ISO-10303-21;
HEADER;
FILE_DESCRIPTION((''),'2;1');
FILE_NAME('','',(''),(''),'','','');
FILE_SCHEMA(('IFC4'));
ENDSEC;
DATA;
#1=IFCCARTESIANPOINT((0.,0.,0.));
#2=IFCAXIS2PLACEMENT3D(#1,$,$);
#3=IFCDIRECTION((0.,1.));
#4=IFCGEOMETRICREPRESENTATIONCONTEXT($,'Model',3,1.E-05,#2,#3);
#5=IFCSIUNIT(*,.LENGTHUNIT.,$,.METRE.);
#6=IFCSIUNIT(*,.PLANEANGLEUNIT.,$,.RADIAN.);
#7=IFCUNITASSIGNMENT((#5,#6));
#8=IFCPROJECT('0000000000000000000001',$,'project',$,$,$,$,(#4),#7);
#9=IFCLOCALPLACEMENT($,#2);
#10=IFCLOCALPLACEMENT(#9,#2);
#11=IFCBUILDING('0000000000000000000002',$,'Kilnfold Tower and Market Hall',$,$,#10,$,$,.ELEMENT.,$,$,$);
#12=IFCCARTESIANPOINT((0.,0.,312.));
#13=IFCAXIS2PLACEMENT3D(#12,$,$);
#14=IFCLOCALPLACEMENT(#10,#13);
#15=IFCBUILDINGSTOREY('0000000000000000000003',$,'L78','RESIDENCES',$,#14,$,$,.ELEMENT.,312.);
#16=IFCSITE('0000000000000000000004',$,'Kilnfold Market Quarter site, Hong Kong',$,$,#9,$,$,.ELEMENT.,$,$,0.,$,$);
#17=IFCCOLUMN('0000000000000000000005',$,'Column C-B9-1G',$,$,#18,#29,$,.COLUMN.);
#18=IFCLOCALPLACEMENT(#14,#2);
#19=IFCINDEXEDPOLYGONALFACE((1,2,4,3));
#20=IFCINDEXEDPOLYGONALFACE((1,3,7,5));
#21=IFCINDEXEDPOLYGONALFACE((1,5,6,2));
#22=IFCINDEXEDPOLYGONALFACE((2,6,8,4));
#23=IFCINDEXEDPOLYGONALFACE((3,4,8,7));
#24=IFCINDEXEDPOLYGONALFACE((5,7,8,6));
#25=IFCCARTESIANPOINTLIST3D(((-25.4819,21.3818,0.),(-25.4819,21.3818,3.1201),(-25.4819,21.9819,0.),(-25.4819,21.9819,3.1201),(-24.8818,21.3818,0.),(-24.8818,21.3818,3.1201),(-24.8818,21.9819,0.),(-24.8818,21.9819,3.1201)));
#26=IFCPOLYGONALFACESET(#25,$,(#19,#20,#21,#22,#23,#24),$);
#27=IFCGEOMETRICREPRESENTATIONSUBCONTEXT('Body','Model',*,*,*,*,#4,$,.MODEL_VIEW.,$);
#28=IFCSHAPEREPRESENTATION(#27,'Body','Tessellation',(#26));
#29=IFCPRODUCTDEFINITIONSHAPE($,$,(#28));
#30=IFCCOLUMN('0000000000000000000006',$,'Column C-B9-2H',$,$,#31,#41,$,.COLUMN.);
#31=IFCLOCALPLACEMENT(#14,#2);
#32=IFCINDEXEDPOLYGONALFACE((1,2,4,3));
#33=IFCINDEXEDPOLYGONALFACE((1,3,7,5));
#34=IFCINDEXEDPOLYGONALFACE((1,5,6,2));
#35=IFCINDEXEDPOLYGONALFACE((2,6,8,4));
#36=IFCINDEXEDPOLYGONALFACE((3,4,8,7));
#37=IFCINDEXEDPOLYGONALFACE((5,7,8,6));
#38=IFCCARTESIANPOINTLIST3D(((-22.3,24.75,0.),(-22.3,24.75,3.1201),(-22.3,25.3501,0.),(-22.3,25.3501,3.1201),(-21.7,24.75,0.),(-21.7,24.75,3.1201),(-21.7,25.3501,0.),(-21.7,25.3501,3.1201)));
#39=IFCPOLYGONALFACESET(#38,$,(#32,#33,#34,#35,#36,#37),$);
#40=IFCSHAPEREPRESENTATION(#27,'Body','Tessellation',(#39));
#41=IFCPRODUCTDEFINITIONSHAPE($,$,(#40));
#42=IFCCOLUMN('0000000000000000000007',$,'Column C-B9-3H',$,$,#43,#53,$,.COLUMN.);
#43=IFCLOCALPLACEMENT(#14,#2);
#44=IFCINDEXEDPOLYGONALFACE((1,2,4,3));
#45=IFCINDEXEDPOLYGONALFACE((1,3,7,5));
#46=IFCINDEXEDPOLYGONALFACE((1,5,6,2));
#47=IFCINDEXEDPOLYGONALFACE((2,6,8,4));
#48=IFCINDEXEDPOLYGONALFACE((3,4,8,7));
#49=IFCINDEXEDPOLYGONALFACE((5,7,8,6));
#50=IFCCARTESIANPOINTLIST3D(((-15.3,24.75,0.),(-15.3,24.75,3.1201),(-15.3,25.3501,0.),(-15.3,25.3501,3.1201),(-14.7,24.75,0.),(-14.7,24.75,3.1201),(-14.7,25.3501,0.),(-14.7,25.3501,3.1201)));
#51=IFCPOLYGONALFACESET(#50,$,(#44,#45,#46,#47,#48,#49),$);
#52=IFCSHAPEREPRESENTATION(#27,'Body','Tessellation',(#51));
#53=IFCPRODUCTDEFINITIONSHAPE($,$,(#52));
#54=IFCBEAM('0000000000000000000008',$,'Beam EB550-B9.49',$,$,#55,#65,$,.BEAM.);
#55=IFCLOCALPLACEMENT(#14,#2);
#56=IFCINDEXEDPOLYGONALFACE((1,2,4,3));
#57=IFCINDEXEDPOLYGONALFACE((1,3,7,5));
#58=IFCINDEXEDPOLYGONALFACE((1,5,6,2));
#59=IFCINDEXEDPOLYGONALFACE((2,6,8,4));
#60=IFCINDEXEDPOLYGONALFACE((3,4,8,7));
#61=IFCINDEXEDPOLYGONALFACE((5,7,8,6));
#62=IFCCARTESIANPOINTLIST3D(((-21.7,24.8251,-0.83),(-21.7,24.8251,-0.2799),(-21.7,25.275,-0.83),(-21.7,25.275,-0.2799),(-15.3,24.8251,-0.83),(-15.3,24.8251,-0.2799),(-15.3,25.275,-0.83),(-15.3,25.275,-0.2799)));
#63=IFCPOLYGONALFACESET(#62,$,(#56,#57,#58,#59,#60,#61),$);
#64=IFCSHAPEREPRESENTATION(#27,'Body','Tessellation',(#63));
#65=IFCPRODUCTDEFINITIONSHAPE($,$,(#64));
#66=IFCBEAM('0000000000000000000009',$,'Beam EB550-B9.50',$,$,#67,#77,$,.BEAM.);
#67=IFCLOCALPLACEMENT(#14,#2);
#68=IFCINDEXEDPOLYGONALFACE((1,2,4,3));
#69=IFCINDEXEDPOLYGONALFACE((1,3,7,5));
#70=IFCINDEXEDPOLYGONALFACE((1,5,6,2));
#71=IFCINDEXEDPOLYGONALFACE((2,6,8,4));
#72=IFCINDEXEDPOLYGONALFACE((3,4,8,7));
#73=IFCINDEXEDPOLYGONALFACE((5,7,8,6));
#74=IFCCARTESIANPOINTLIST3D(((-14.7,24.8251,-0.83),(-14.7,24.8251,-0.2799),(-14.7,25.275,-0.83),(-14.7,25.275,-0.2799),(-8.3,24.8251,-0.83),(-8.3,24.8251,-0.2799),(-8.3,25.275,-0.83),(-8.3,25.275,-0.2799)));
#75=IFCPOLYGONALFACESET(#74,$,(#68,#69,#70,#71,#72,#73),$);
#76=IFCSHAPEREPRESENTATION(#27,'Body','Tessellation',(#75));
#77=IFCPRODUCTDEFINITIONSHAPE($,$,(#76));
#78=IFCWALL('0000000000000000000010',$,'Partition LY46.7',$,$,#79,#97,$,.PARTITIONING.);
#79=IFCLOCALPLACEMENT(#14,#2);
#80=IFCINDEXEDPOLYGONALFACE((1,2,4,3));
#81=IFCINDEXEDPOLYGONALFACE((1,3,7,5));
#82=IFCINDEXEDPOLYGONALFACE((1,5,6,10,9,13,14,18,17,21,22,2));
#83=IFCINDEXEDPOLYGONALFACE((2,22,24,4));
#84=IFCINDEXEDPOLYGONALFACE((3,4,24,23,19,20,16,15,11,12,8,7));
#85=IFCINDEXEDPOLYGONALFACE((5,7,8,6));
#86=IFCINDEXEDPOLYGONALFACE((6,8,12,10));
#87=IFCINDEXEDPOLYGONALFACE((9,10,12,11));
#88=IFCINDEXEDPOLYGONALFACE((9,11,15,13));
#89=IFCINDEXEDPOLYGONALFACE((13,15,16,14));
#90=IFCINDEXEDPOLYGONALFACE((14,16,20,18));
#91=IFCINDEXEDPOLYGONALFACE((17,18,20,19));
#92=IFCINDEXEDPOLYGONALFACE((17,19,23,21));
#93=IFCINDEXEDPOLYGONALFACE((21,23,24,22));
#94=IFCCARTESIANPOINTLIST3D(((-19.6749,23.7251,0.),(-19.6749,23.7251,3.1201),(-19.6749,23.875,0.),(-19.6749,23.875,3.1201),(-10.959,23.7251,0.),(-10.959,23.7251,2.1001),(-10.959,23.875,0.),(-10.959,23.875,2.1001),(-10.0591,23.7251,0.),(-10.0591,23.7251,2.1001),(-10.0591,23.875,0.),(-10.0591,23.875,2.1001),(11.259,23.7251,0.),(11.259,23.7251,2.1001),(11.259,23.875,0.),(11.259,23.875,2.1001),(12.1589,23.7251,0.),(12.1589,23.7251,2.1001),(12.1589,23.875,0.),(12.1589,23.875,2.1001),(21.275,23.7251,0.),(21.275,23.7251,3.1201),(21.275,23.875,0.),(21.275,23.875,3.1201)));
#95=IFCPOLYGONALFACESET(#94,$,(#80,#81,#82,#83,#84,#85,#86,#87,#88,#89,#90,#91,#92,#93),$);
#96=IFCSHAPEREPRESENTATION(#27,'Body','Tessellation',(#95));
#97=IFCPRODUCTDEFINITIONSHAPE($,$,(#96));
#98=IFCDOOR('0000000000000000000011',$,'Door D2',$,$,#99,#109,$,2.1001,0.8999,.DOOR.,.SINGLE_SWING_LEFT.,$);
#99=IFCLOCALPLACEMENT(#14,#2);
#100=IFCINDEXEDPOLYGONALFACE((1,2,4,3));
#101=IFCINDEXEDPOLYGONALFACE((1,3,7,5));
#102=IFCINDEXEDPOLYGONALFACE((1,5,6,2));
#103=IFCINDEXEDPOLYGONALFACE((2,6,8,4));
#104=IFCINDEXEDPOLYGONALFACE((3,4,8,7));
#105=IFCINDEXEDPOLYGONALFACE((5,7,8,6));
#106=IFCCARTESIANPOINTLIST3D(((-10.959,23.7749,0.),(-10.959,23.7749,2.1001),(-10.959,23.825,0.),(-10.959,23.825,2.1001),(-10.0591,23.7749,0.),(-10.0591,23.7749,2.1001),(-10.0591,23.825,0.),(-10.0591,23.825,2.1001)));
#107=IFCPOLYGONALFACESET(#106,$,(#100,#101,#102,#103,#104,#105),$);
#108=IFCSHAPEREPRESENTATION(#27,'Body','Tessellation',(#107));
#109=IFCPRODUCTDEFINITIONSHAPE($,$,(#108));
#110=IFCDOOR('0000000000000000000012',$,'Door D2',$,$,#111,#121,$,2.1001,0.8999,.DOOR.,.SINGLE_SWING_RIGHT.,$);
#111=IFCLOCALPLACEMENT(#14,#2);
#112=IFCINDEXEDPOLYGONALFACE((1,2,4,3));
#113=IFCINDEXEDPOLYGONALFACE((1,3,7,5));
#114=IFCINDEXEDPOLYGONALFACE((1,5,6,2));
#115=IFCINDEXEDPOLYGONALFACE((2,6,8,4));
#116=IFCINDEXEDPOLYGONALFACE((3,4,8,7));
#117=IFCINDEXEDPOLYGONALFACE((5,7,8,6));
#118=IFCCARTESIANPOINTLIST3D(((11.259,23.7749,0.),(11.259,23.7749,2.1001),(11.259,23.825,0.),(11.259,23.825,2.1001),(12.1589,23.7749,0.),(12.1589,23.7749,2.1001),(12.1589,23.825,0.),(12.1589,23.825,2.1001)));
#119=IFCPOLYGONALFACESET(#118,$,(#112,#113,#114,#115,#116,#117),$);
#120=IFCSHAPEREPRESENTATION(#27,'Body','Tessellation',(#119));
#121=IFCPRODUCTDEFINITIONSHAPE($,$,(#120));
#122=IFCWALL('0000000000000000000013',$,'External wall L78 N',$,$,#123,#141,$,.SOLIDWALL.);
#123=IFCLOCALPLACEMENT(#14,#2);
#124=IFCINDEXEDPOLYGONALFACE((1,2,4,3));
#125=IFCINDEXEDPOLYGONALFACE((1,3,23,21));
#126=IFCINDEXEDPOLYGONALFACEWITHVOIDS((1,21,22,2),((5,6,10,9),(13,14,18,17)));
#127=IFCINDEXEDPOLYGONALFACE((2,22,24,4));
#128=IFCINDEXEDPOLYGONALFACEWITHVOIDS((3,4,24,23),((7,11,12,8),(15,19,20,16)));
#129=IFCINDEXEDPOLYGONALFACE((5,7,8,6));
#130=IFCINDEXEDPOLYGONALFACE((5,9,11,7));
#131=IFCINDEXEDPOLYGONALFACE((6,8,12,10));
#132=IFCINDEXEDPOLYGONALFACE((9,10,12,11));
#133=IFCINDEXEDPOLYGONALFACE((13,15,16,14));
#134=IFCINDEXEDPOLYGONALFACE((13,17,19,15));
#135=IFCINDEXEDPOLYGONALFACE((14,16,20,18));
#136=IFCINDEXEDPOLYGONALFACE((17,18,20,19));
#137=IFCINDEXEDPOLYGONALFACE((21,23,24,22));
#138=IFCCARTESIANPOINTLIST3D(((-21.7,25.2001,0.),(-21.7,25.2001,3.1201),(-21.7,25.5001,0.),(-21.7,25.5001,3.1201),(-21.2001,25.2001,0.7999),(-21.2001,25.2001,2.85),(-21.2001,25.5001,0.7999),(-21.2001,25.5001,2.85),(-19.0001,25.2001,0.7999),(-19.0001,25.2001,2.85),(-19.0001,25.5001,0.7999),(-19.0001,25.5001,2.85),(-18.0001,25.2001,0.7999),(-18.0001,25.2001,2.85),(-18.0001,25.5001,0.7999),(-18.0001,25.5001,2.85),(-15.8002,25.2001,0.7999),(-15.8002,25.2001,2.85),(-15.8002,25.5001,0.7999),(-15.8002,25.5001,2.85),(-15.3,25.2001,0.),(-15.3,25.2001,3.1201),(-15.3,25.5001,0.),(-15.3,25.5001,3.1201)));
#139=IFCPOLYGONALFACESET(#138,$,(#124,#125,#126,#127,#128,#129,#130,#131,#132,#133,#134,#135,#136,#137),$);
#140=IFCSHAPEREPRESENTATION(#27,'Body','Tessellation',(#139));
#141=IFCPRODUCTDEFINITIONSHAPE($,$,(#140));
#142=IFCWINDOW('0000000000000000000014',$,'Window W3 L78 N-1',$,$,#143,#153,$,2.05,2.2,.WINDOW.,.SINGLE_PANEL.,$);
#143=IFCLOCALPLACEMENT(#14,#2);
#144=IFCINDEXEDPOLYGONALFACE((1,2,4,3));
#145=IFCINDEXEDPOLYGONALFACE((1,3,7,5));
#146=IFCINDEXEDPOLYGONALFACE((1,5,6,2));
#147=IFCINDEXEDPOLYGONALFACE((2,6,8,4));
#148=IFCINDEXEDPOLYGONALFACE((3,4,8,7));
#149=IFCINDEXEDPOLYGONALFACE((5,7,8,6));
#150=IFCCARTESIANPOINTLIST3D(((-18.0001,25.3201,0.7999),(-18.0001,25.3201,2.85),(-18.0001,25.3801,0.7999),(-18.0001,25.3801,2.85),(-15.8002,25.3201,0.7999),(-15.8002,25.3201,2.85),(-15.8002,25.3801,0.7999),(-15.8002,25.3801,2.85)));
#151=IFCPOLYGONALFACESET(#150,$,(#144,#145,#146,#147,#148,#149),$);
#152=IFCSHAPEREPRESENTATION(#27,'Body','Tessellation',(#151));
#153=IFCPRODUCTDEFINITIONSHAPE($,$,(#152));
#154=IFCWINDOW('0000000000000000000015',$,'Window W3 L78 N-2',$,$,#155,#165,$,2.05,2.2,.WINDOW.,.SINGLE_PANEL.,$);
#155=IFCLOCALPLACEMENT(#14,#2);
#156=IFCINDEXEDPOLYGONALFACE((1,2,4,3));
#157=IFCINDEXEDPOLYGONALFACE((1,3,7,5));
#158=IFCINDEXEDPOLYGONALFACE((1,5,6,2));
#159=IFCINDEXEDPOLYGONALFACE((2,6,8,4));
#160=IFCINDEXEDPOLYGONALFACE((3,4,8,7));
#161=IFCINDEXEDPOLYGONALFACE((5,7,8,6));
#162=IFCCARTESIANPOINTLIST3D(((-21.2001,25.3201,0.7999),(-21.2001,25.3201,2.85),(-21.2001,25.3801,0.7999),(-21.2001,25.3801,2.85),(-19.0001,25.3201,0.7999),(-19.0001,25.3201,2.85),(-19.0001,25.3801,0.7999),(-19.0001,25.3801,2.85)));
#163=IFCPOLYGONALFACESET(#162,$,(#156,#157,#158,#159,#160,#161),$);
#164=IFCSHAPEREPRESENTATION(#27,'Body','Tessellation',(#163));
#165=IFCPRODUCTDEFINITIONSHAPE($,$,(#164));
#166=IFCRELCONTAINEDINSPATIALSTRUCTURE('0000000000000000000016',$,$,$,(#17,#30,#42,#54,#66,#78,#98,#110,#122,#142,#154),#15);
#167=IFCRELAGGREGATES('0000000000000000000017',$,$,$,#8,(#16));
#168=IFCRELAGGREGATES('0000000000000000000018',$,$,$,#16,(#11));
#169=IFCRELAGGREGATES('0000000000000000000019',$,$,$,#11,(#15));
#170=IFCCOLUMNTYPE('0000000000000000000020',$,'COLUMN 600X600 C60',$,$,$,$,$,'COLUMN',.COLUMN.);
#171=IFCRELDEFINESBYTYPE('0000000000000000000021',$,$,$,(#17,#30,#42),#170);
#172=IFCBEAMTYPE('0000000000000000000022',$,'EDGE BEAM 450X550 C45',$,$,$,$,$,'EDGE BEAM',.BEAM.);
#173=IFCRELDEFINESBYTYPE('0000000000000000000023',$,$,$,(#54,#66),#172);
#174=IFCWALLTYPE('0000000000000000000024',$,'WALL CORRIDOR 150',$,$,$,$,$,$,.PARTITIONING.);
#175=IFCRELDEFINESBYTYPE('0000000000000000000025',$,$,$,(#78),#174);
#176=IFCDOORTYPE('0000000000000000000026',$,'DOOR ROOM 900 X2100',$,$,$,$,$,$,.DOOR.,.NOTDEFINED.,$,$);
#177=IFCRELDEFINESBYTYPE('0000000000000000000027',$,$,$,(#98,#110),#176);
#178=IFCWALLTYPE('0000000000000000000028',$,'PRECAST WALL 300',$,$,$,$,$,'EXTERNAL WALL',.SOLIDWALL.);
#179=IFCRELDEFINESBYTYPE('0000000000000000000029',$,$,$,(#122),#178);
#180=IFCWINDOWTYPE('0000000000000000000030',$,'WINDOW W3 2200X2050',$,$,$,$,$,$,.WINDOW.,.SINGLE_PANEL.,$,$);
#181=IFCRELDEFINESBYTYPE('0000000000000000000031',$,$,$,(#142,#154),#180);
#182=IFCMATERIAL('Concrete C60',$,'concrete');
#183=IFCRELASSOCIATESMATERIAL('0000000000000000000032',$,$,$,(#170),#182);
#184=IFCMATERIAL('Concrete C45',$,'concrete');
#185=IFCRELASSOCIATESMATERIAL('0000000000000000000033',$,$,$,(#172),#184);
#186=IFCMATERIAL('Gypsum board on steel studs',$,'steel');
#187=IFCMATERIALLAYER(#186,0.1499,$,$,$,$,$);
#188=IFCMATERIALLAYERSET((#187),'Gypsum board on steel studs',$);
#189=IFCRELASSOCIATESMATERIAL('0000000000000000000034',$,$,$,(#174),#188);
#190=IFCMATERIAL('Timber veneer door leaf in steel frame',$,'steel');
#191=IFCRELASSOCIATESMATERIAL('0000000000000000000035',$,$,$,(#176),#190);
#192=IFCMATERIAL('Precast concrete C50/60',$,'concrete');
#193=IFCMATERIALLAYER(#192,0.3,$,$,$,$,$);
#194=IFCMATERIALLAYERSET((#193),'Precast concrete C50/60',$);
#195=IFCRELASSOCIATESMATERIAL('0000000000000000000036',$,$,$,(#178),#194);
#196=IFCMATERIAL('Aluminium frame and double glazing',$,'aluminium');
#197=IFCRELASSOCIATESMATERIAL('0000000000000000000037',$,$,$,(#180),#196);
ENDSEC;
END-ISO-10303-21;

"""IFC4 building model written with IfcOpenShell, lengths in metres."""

from ifc_helpers import new_model, si_unit, direction, frame, frame_2d, origin, origin_2d, place, context, subcontext, project, spatial, rectangle, extrude, source, transform, mapped, material, layer, layer_set, material_profile, profile_set, type_object, element, fill, save


model = new_model("IFC4")

# Units and contexts
model_context = context("Model", 3, precision=1e-05, world=origin(), true_north=direction((0.0, 1.0)))
body_context = subcontext(model_context, "Body", "Model", "MODEL_VIEW")
ifc_project = project(units=[si_unit("LENGTHUNIT", "METRE"), si_unit("PLANEANGLEUNIT", "RADIAN")], contexts=[model_context])

# Site, building, storey
site_placement = place(None, origin())
site = spatial("IfcSite", under=ifc_project, at=site_placement, Name="Kilnfold Market Quarter site, Hong Kong", CompositionType="ELEMENT", RefElevation=0.0)
building_placement = place(site_placement, origin())
building = spatial("IfcBuilding", under=site, at=building_placement, Name="Kilnfold Tower and Market Hall", CompositionType="ELEMENT")
storey_placement = place(building_placement, frame((0.0, 0.0, 312.0)))
storey = spatial("IfcBuildingStorey", under=building, at=storey_placement, Name="L78", Description="RESIDENCES", CompositionType="ELEMENT", Elevation=312.0)

# Columns
ifc_material_1 = material(Name="Concrete C60", Category="concrete")
ifc_material_profile_1 = material_profile(ifc_material_1, rectangle(XDim=0.6001, YDim=0.6001, at=origin_2d()), Name="RC 600x600")
ifc_profile_set_1 = profile_set([ifc_material_profile_1], Name="Concrete C60")
column_type = type_object("IfcColumnType", Name="COLUMN 600X600 C60", ElementType="COLUMN", PredefinedType="COLUMN", material=ifc_profile_set_1)
shared_shape_1 = source(origin(), body_context, "Body", "SweptSolid", [
    extrude(rectangle(XDim=0.6001, YDim=0.6001, at=origin_2d()), origin(), (0.0, 0.0, 1.0), 3.1201),
])
for number, where, z_axis, x_axis, name in (
    (1, (-25.1819, 21.6819, 0.0), (0.0, 0.0, 1.0), (1.0, 0.0, 0.0), "Column C-B9-1G"),
    (2, (-22.0, 25.05, 0.0), (0.0, 0.0, 1.0), (1.0, 0.0, 0.0), "Column C-B9-2H"),
    (3, (-15.0, 25.05, 0.0), (0.0, 0.0, 1.0), (1.0, 0.0, 0.0), "Column C-B9-3H"),
):
    element("IfcColumn", number, at=place(storey_placement, frame(where, z_axis=z_axis, x_axis=x_axis)), inside=storey, type_object=column_type, Name=name, PredefinedType="COLUMN", context=body_context, shape_type="MappedRepresentation", body=[
        mapped(shared_shape_1, transform((0.0, 0.0, 0.0))),
    ])

# Beams
ifc_material_2 = material(Name="Concrete C45", Category="concrete")
ifc_material_profile_2 = material_profile(ifc_material_2, rectangle(XDim=0.45, YDim=0.55, at=origin_2d()), Name="RC 450x550")
ifc_profile_set_2 = profile_set([ifc_material_profile_2], Name="Concrete C45")
beam_type = type_object("IfcBeamType", Name="EDGE BEAM 450X550 C45", ElementType="EDGE BEAM", PredefinedType="BEAM", material=ifc_profile_set_2)
shared_shape_2 = source(origin(), body_context, "Body", "SweptSolid", [
    extrude(rectangle(XDim=0.45, YDim=0.55, at=origin_2d()), origin(), (0.0, 0.0, 1.0), 6.3999),
])
for number, where, z_axis, x_axis, name in (
    (4, (-21.7, 25.05, -0.5549), (1.0, 0.0, 0.0), (0.0, 1.0, 0.0), "Beam EB550-B9.49"),
    (5, (-14.7, 25.05, -0.5549), (1.0, 0.0, 0.0), (0.0, 1.0, 0.0), "Beam EB550-B9.50"),
):
    element("IfcBeam", number, at=place(storey_placement, frame(where, z_axis=z_axis, x_axis=x_axis)), inside=storey, type_object=beam_type, Name=name, PredefinedType="BEAM", context=body_context, shape_type="MappedRepresentation", body=[
        mapped(shared_shape_2, transform((0.0, 0.0, 0.0))),
    ])

# Wall, openings, doors
ifc_material_3 = material(Name="Gypsum board on steel studs", Category="steel")
ifc_layer_1 = layer(ifc_material_3, 0.1499)
ifc_layer_set_1 = layer_set([ifc_layer_1], Name="Gypsum board on steel studs")
wall_type_1 = type_object("IfcWallType", Name="WALL CORRIDOR 150", PredefinedType="PARTITIONING", material=ifc_layer_set_1)
wall_1_placement = place(storey_placement, frame((-19.675, 23.8, 0.0), z_axis=(0.0, 0.0, 1.0), x_axis=(1.0, 0.0, 0.0)))
wall_1 = element("IfcWall", 6, at=wall_1_placement, inside=storey, type_object=wall_type_1, Name="Partition LY46.7", PredefinedType="PARTITIONING", context=body_context, shape_type="SweptSolid", body=[
    extrude(rectangle(XDim=40.95, YDim=0.1499, at=frame_2d((20.4751, 0.0))), origin(), (0.0, 0.0, 1.0), 3.1201),
])
opening_1_placement = place(wall_1_placement, frame((8.7161, 0.0, 0.0)))
opening_1 = element("IfcOpeningElement", 7, at=opening_1_placement, cuts=wall_1, PredefinedType="OPENING", context=body_context, shape_type="SweptSolid", body=[
    extrude(rectangle(XDim=0.8999, YDim=2.1001, at=frame_2d((0.45, 1.05))), frame((0.0, 0.085, 0.0), z_axis=(0.0, -1.0, 0.0), x_axis=(1.0, 0.0, 0.0)), (0.0, 0.0, 1.0), 0.1699),
])
opening_2_placement = place(wall_1_placement, frame((30.9341, 0.0, 0.0)))
opening_2 = element("IfcOpeningElement", 8, at=opening_2_placement, cuts=wall_1, PredefinedType="OPENING", context=body_context, shape_type="SweptSolid", body=[
    extrude(rectangle(XDim=0.8999, YDim=2.1001, at=frame_2d((0.45, 1.05))), frame((0.0, 0.085, 0.0), z_axis=(0.0, -1.0, 0.0), x_axis=(1.0, 0.0, 0.0)), (0.0, 0.0, 1.0), 0.1699),
])
ifc_material_4 = material(Name="Timber veneer door leaf in steel frame", Category="steel")
door_type = type_object("IfcDoorType", Name="DOOR ROOM 900 X2100", OperationType="NOTDEFINED", PredefinedType="DOOR", material=ifc_material_4)
door_1_placement = place(opening_1_placement, origin())
door_1 = element("IfcDoor", 9, at=door_1_placement, inside=storey, type_object=door_type, Name="Door D2", OperationType="SINGLE_SWING_LEFT", OverallHeight=2.1001, OverallWidth=0.8999, PredefinedType="DOOR", context=body_context, shape_type="SweptSolid", body=[
    extrude(rectangle(XDim=0.8999, YDim=2.1001, at=frame_2d((0.45, 1.05))), frame((0.0, 0.0249, 0.0), z_axis=(0.0, -1.0, 0.0), x_axis=(1.0, 0.0, 0.0)), (0.0, 0.0, 1.0), 0.05),
])
fill(opening_1, door_1)
door_2_placement = place(opening_2_placement, origin())
door_2 = element("IfcDoor", 10, at=door_2_placement, inside=storey, type_object=door_type, Name="Door D2", OperationType="SINGLE_SWING_RIGHT", OverallHeight=2.1001, OverallWidth=0.8999, PredefinedType="DOOR", context=body_context, shape_type="SweptSolid", body=[
    extrude(rectangle(XDim=0.8999, YDim=2.1001, at=frame_2d((0.45, 1.05))), frame((0.0, 0.0249, 0.0), z_axis=(0.0, -1.0, 0.0), x_axis=(1.0, 0.0, 0.0)), (0.0, 0.0, 1.0), 0.05),
])
fill(opening_2, door_2)

# Wall, openings, windows
ifc_material_5 = material(Name="Precast concrete C50/60", Category="concrete")
ifc_layer_2 = layer(ifc_material_5, 0.3)
ifc_layer_set_2 = layer_set([ifc_layer_2], Name="Precast concrete C50/60")
wall_type_2 = type_object("IfcWallType", Name="PRECAST WALL 300", ElementType="EXTERNAL WALL", PredefinedType="SOLIDWALL", material=ifc_layer_set_2)
shared_shape_3 = source(origin(), body_context, "Body", "SweptSolid", [
    extrude(rectangle(XDim=6.3999, YDim=0.3, at=frame_2d((3.2, 0.0))), origin(), (0.0, 0.0, 1.0), 3.1201),
])
wall_2_placement = place(storey_placement, frame((-15.3, 25.3501, 0.0), z_axis=(0.0, 0.0, 1.0), x_axis=(-1.0, 0.0, 0.0)))
wall_2 = element("IfcWall", 11, at=wall_2_placement, inside=storey, type_object=wall_type_2, Name="External wall L78 N", PredefinedType="SOLIDWALL", context=body_context, shape_type="MappedRepresentation", body=[
    mapped(shared_shape_3, transform((0.0, 0.0, 0.0))),
])
opening_3_placement = place(wall_2_placement, frame((0.5, 0.0, 0.8)))
opening_3 = element("IfcOpeningElement", 12, at=opening_3_placement, cuts=wall_2, PredefinedType="OPENING", context=body_context, shape_type="SweptSolid", body=[
    extrude(rectangle(XDim=2.2, YDim=2.05, at=frame_2d((1.1001, 1.0249))), frame((0.0, 0.1602, 0.0), z_axis=(0.0, -1.0, 0.0), x_axis=(1.0, 0.0, 0.0)), (0.0, 0.0, 1.0), 0.3201),
])
opening_4_placement = place(wall_2_placement, frame((3.7, 0.0, 0.8)))
opening_4 = element("IfcOpeningElement", 13, at=opening_4_placement, cuts=wall_2, PredefinedType="OPENING", context=body_context, shape_type="SweptSolid", body=[
    extrude(rectangle(XDim=2.2, YDim=2.05, at=frame_2d((1.1001, 1.0249))), frame((0.0, 0.1602, 0.0), z_axis=(0.0, -1.0, 0.0), x_axis=(1.0, 0.0, 0.0)), (0.0, 0.0, 1.0), 0.3201),
])
ifc_material_6 = material(Name="Aluminium frame and double glazing", Category="aluminium")
window_type = type_object("IfcWindowType", Name="WINDOW W3 2200X2050", PartitioningType="SINGLE_PANEL", PredefinedType="WINDOW", material=ifc_material_6)
window_1_placement = place(opening_3_placement, origin())
window_1 = element("IfcWindow", 14, at=window_1_placement, inside=storey, type_object=window_type, Name="Window W3 L78 N-1", OverallHeight=2.05, OverallWidth=2.2, PartitioningType="SINGLE_PANEL", PredefinedType="WINDOW", context=body_context, shape_type="SweptSolid", body=[
    extrude(rectangle(XDim=2.2, YDim=2.05, at=frame_2d((1.1001, 1.0249))), frame((0.0, 0.03, 0.0), z_axis=(0.0, -1.0, 0.0), x_axis=(1.0, 0.0, 0.0)), (0.0, 0.0, 1.0), 0.0601),
])
fill(opening_3, window_1)
window_2_placement = place(opening_4_placement, origin())
window_2 = element("IfcWindow", 15, at=window_2_placement, inside=storey, type_object=window_type, Name="Window W3 L78 N-2", OverallHeight=2.05, OverallWidth=2.2, PartitioningType="SINGLE_PANEL", PredefinedType="WINDOW", context=body_context, shape_type="SweptSolid", body=[
    extrude(rectangle(XDim=2.2, YDim=2.05, at=frame_2d((1.1001, 1.0249))), frame((0.0, 0.03, 0.0), z_axis=(0.0, -1.0, 0.0), x_axis=(1.0, 0.0, 0.0)), (0.0, 0.0, 1.0), 0.0601),
])
fill(opening_4, window_2)

save(model, "model.ifc")
